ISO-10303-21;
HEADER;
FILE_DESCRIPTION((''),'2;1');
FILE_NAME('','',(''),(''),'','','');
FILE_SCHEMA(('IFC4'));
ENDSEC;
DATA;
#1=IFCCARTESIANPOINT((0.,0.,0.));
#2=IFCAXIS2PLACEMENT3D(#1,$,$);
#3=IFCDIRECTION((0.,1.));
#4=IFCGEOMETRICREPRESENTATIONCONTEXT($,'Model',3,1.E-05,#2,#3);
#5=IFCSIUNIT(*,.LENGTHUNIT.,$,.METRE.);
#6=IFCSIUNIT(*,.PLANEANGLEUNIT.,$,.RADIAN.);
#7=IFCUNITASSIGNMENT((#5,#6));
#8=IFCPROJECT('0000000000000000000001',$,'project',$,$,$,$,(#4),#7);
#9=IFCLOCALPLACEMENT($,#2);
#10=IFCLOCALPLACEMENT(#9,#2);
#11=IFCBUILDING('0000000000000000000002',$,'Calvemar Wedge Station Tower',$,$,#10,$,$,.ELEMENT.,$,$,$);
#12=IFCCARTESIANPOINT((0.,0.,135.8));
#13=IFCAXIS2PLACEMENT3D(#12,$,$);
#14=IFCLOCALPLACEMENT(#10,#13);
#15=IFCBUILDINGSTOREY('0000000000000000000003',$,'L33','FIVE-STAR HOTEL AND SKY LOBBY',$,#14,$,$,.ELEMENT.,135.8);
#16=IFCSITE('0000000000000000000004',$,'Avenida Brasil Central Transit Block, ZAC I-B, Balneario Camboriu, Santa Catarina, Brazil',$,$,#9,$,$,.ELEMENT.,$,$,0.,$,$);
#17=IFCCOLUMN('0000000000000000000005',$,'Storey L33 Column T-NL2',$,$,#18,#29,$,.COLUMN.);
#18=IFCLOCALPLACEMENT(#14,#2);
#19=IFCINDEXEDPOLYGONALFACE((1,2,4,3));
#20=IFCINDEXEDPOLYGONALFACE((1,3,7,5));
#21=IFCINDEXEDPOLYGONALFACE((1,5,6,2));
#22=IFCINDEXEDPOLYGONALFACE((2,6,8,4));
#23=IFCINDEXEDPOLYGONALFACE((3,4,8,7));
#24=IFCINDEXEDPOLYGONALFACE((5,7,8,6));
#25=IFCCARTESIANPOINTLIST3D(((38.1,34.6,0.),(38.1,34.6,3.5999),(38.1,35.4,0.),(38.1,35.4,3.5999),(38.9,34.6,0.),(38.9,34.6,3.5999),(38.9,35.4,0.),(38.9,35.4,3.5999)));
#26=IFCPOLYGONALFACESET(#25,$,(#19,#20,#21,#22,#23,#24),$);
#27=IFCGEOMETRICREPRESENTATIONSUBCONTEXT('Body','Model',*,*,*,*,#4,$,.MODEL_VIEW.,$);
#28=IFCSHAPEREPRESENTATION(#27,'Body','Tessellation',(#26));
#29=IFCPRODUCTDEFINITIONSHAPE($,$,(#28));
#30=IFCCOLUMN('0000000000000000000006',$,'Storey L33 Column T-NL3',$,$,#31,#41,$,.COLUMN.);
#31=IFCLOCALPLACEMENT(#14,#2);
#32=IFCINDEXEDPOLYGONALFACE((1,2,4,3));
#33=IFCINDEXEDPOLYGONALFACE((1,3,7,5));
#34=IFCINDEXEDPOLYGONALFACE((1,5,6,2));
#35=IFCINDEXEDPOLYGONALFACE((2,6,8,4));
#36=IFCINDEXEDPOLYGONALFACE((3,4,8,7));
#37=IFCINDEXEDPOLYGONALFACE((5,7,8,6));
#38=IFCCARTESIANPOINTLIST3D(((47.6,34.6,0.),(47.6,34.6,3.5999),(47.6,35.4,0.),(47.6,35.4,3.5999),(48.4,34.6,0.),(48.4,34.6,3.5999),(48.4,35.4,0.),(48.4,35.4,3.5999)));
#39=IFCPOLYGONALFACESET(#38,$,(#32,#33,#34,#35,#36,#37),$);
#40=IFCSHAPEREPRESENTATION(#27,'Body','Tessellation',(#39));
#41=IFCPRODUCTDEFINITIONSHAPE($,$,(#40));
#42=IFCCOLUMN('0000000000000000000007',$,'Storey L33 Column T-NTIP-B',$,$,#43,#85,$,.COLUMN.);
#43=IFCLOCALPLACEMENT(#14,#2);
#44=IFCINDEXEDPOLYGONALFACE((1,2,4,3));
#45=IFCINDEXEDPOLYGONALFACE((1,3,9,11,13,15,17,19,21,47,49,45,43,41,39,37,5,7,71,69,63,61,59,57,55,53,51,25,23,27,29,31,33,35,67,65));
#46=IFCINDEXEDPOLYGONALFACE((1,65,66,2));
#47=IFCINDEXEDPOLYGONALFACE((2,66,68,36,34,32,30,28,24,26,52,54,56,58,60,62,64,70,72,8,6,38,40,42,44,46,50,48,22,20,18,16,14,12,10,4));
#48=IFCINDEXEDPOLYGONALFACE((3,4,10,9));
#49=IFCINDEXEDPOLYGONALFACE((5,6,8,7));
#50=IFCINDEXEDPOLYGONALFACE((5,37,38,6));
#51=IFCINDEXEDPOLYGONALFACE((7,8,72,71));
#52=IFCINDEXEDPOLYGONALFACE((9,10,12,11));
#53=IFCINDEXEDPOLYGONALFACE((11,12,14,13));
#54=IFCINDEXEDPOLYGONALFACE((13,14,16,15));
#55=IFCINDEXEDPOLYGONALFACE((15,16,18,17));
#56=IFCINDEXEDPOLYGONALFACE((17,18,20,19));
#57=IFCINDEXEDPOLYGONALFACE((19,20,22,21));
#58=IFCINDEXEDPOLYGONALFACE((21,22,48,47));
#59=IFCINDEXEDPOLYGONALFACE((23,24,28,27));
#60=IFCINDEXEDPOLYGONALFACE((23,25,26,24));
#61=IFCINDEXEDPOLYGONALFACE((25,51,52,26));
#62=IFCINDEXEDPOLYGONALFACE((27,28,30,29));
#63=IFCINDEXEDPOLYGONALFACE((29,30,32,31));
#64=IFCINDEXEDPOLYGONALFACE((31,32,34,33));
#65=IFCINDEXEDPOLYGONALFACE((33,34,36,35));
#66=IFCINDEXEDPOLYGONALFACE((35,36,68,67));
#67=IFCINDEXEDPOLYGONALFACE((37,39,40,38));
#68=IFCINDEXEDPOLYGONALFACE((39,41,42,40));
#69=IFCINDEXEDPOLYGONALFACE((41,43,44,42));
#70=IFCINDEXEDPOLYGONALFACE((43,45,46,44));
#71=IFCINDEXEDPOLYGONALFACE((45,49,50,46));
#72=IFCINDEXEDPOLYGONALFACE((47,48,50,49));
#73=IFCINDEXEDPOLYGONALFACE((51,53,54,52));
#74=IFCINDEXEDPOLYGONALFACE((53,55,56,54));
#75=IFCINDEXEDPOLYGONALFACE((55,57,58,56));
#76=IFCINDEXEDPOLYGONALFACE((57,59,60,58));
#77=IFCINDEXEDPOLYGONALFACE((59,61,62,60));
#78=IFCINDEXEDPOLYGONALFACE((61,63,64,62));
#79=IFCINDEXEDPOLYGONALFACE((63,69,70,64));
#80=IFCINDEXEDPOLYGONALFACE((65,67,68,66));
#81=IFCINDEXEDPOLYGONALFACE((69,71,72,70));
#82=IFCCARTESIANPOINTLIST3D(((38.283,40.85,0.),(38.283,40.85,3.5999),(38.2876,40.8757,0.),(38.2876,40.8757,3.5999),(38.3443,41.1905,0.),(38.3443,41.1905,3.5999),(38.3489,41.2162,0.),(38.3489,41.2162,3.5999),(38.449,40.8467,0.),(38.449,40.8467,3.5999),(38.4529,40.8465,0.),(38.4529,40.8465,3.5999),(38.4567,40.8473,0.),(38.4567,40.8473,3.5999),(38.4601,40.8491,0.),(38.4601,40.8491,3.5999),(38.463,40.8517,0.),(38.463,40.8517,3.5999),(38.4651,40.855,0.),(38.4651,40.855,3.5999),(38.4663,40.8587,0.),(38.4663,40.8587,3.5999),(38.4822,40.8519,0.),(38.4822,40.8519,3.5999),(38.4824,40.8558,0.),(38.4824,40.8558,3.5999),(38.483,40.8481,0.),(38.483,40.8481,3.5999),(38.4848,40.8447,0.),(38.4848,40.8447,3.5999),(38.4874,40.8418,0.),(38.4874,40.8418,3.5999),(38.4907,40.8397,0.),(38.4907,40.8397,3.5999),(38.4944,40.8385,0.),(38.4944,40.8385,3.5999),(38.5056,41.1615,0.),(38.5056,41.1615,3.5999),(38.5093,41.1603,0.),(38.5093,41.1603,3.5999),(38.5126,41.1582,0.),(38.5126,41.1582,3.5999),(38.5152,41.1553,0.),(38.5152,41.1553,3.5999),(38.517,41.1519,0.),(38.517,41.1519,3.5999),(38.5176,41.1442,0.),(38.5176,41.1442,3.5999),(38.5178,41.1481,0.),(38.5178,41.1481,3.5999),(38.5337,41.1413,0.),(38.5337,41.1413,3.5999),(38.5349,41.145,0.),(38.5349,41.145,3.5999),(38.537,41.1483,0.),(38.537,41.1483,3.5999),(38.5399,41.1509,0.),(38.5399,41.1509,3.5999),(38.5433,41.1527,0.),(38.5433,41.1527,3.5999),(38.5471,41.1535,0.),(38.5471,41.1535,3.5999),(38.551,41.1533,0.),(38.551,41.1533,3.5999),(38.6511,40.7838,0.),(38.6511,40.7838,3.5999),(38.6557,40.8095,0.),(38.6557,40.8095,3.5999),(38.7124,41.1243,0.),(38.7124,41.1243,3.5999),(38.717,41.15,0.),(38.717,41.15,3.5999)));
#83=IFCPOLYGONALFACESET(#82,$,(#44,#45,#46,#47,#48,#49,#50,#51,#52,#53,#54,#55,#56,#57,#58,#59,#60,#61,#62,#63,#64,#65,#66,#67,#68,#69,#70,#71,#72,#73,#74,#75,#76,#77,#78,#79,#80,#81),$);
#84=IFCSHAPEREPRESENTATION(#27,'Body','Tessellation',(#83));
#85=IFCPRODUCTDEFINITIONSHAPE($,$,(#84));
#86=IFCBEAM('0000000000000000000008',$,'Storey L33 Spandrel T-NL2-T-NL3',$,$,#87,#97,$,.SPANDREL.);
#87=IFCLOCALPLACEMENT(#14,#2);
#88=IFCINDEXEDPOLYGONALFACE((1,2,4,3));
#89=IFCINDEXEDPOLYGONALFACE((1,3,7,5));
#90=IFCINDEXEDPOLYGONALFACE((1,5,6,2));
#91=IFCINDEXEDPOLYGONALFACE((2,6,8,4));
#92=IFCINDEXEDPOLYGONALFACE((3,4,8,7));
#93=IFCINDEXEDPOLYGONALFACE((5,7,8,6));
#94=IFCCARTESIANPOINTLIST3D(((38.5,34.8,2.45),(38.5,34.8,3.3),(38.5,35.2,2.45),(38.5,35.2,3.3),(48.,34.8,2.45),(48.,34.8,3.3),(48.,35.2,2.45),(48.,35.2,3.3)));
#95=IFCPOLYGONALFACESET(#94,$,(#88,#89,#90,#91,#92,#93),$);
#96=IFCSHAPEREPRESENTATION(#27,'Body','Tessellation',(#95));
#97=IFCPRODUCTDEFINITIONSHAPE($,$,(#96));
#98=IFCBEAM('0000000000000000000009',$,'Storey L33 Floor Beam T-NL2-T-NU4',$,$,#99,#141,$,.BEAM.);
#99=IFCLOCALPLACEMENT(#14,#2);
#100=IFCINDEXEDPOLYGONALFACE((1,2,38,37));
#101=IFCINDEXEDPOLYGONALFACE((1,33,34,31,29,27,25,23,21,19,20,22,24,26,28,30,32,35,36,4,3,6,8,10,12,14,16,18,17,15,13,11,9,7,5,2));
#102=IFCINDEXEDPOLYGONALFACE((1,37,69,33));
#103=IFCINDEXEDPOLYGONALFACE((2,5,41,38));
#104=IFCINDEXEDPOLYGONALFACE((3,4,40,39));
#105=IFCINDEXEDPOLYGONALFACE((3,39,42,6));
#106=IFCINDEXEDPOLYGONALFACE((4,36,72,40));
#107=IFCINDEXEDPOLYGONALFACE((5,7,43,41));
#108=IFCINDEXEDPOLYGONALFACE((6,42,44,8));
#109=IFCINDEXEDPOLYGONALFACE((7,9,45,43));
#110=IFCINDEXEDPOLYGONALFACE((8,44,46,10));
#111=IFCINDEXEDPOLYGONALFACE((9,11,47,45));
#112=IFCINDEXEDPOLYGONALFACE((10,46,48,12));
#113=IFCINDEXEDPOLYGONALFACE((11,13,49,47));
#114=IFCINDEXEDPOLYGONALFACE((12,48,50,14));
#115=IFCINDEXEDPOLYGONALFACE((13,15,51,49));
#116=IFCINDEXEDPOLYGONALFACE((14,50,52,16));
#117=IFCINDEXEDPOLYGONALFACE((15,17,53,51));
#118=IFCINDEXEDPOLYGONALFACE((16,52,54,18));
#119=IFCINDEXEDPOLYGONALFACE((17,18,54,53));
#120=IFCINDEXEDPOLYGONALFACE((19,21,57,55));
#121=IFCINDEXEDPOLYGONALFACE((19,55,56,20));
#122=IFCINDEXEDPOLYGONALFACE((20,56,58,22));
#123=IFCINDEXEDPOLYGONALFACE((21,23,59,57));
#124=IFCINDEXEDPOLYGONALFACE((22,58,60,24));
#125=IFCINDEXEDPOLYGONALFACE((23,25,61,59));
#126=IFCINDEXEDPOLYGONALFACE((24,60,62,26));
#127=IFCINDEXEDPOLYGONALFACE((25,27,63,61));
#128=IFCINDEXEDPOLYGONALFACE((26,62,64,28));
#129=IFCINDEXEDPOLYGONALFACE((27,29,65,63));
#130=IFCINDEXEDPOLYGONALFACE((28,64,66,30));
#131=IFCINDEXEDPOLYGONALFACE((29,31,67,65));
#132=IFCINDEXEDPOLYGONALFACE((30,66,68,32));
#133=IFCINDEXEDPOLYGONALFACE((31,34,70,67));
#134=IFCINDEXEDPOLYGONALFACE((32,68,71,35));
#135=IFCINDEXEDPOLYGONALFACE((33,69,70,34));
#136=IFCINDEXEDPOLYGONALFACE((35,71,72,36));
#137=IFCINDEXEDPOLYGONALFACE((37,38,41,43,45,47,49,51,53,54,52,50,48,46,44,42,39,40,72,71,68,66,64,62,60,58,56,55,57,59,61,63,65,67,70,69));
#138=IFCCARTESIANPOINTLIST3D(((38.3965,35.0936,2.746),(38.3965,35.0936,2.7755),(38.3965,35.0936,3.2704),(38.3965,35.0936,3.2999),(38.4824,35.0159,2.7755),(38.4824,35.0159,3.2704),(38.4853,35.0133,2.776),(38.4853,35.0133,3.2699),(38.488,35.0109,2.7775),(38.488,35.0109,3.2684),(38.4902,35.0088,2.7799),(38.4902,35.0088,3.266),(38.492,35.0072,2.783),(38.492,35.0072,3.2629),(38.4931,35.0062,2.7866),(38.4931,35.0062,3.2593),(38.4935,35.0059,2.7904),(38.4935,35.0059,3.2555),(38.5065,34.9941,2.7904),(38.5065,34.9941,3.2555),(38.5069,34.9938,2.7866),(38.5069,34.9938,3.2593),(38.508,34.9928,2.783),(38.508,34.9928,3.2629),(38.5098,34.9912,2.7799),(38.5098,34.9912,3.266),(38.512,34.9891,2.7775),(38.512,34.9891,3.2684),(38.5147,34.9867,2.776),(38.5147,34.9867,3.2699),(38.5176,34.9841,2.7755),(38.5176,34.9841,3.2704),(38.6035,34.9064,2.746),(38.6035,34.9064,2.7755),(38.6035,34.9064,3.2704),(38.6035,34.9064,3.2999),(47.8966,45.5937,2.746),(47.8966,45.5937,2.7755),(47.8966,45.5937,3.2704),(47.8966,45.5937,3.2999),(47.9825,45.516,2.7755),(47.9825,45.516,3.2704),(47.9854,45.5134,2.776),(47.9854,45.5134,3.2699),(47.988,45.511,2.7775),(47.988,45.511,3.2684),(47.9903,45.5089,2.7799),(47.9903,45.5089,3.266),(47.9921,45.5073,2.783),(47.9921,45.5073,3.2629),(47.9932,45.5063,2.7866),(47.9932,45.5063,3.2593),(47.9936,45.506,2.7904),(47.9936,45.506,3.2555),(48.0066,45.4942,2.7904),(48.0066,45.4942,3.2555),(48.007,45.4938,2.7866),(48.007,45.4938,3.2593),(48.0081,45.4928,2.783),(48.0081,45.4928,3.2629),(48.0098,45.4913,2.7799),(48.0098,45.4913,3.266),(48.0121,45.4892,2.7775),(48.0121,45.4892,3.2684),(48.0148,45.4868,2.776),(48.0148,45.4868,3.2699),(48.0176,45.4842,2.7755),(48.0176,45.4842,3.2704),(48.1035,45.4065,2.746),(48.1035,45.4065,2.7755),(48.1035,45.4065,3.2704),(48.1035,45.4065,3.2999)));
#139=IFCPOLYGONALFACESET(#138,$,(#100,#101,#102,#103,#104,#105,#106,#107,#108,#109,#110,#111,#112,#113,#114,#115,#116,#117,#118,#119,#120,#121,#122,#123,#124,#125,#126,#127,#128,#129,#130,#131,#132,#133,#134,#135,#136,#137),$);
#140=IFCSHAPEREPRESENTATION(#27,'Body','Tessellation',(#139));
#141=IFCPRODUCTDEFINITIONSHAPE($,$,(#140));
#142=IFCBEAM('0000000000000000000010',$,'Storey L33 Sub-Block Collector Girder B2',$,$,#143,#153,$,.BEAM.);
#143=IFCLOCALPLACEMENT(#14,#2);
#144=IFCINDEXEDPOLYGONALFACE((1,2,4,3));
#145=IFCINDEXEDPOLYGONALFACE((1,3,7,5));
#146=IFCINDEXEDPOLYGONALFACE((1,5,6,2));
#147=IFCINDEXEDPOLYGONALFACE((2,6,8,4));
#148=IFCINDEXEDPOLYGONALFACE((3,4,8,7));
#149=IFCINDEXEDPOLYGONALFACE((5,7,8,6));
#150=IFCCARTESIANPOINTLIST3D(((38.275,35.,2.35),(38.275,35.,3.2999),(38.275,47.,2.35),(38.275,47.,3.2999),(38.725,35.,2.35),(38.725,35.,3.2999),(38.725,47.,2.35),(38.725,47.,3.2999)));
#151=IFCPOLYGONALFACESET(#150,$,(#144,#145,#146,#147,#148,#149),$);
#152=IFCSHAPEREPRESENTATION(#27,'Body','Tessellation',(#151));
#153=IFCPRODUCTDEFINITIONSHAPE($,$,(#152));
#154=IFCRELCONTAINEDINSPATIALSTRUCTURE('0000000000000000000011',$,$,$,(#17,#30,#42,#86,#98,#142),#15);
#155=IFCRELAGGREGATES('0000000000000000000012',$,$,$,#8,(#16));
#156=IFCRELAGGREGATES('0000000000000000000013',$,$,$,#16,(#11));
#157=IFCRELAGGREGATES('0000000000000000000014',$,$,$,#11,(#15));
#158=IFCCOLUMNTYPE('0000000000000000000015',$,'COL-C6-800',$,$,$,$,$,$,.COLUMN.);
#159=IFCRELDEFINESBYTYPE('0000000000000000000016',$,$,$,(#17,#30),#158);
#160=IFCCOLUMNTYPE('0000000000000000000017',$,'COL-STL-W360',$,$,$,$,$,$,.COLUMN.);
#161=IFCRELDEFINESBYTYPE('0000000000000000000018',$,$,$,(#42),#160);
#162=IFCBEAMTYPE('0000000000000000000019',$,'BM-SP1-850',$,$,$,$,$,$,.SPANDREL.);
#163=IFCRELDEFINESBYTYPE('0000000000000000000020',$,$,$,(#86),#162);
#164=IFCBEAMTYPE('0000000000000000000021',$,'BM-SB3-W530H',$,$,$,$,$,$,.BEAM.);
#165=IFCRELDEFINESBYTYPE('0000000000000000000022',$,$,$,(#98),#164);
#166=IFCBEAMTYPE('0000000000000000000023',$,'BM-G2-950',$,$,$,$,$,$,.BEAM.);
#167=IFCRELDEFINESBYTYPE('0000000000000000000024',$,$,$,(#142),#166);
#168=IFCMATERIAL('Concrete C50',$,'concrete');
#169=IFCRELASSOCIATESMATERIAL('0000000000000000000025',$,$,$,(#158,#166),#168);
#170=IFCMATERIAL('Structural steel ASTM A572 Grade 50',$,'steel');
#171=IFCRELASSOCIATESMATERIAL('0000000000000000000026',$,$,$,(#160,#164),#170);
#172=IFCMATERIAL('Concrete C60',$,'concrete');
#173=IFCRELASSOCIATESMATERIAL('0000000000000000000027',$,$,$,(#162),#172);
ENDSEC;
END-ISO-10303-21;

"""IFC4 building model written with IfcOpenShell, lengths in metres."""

from ifc_helpers import new_model, si_unit, direction, frame, origin, origin_2d, place, context, subcontext, project, spatial, rectangle, i_section, extrude, source, transform, mapped, material, material_profile, profile_set, type_object, element, save


model = new_model("IFC4")

# Units and contexts
model_context = context("Model", 3, precision=1e-05, world=origin(), true_north=direction((0.0, 1.0)))
body_context = subcontext(model_context, "Body", "Model", "MODEL_VIEW")
ifc_project = project(units=[si_unit("LENGTHUNIT", "METRE"), si_unit("PLANEANGLEUNIT", "RADIAN")], contexts=[model_context])

# Site, building, storey
site_placement = place(None, origin())
site = spatial("IfcSite", under=ifc_project, at=site_placement, Name="Avenida Brasil Central Transit Block, ZAC I-B, Balneario Camboriu, Santa Catarina, Brazil", CompositionType="ELEMENT", RefElevation=0.0)
building_placement = place(site_placement, origin())
building = spatial("IfcBuilding", under=site, at=building_placement, Name="Calvemar Wedge Station Tower", CompositionType="ELEMENT")
storey_placement = place(building_placement, frame((0.0, 0.0, 135.8)))
storey = spatial("IfcBuildingStorey", under=building, at=storey_placement, Name="L33", Description="FIVE-STAR HOTEL AND SKY LOBBY", CompositionType="ELEMENT", Elevation=135.8)

# Columns
ifc_material_1 = material(Name="Concrete C50", Category="concrete")
ifc_material_profile_1 = material_profile(ifc_material_1, rectangle(XDim=0.8, YDim=0.8, at=origin_2d()), Name="RC800x800")
ifc_profile_set_1 = profile_set([ifc_material_profile_1], Name="Concrete C50")
column_type_1 = type_object("IfcColumnType", Name="COL-C6-800", PredefinedType="COLUMN", material=ifc_profile_set_1)
shared_shape_1 = source(origin(), body_context, "Body", "SweptSolid", [
    extrude(rectangle(XDim=0.8, YDim=0.8, at=origin_2d()), origin(), (0.0, 0.0, 1.0), 3.5999),
])
for number, where, z_axis, x_axis, name in (
    (1, (38.5, 35.0, 0.0), (0.0, 0.0, 1.0), (1.0, 0.0, 0.0), "Storey L33 Column T-NL2"),
    (2, (48.0, 35.0, 0.0), (0.0, 0.0, 1.0), (1.0, 0.0, 0.0), "Storey L33 Column T-NL3"),
):
    element("IfcColumn", number, at=place(storey_placement, frame(where, z_axis=z_axis, x_axis=x_axis)), inside=storey, type_object=column_type_1, Name=name, PredefinedType="COLUMN", context=body_context, shape_type="MappedRepresentation", body=[
        mapped(shared_shape_1, transform((0.0, 0.0, 0.0), scale=1.0)),
    ])
ifc_material_2 = material(Name="Structural steel ASTM A572 Grade 50", Category="steel")
ifc_material_profile_2 = material_profile(ifc_material_2, i_section(OverallWidth=0.374, OverallDepth=0.3721, WebThickness=0.0164, FlangeThickness=0.0261, FilletRadius=0.0149, at=origin_2d()), Name="W360x196")
ifc_profile_set_2 = profile_set([ifc_material_profile_2], Name="Structural steel ASTM A572 Grade 50")
column_type_2 = type_object("IfcColumnType", Name="COL-STL-W360", PredefinedType="COLUMN", material=ifc_profile_set_2)
shared_shape_2 = source(origin(), body_context, "Body", "SweptSolid", [
    extrude(i_section(OverallWidth=0.374, OverallDepth=0.3721, WebThickness=0.0164, FlangeThickness=0.0261, FilletRadius=0.0149, at=origin_2d()), origin(), (0.0, 0.0, 1.0), 3.5999),
])
column_placement = place(storey_placement, frame((38.5, 41.0, 0.0), z_axis=(0.0, 0.0, 1.0), x_axis=(0.984196, -0.177085, 0.0)))
element("IfcColumn", 3, at=column_placement, inside=storey, type_object=column_type_2, Name="Storey L33 Column T-NTIP-B", PredefinedType="COLUMN", context=body_context, shape_type="MappedRepresentation", body=[
    mapped(shared_shape_2, transform((0.0, 0.0, 0.0), scale=1.0)),
])

# Beams
ifc_material_3 = material(Name="Concrete C60", Category="concrete")
ifc_material_profile_3 = material_profile(ifc_material_3, rectangle(XDim=0.3999, YDim=0.8501, at=origin_2d()), Name="RC400x850")
ifc_profile_set_3 = profile_set([ifc_material_profile_3], Name="Concrete C60")
beam_type_1 = type_object("IfcBeamType", Name="BM-SP1-850", PredefinedType="SPANDREL", material=ifc_profile_set_3)
shared_shape_3 = source(origin(), body_context, "Body", "SweptSolid", [
    extrude(rectangle(XDim=0.3999, YDim=0.8501, at=origin_2d()), origin(), (0.0, 0.0, 1.0), 9.5),
])
beam_1_placement = place(storey_placement, frame((38.5, 35.0, 2.875), z_axis=(1.0, 0.0, 0.0), x_axis=(0.0, 1.0, 0.0)))
element("IfcBeam", 4, at=beam_1_placement, inside=storey, type_object=beam_type_1, Name="Storey L33 Spandrel T-NL2-T-NL3", PredefinedType="SPANDREL", context=body_context, shape_type="MappedRepresentation", body=[
    mapped(shared_shape_3, transform((0.0, 0.0, 0.0), scale=1.0)),
])
ifc_material_profile_4 = material_profile(ifc_material_2, i_section(OverallWidth=0.2791, OverallDepth=0.554, WebThickness=0.0176, FlangeThickness=0.0295, FilletRadius=0.0149, at=origin_2d()), Name="W530x196")
ifc_profile_set_4 = profile_set([ifc_material_profile_4], Name="Structural steel ASTM A572 Grade 50")
beam_type_2 = type_object("IfcBeamType", Name="BM-SB3-W530H", PredefinedType="BEAM", material=ifc_profile_set_4)
shared_shape_4 = source(origin(), body_context, "Body", "SweptSolid", [
    extrude(i_section(OverallWidth=0.2791, OverallDepth=0.554, WebThickness=0.0176, FlangeThickness=0.0295, FilletRadius=0.0149, at=origin_2d()), origin(), (0.0, 0.0, 1.0), 14.1599),
])
beam_2_placement = place(storey_placement, frame((38.5, 35.0, 3.0229), z_axis=(0.670913, 0.741536, 0.0), x_axis=(-0.741536, 0.670913, 0.0)))
element("IfcBeam", 5, at=beam_2_placement, inside=storey, type_object=beam_type_2, Name="Storey L33 Floor Beam T-NL2-T-NU4", PredefinedType="BEAM", context=body_context, shape_type="MappedRepresentation", body=[
    mapped(shared_shape_4, transform((0.0, 0.0, 0.0), scale=1.0)),
])
ifc_material_profile_5 = material_profile(ifc_material_1, rectangle(XDim=0.45, YDim=0.95, at=origin_2d()), Name="RC450x950")
ifc_profile_set_5 = profile_set([ifc_material_profile_5], Name="Concrete C50")
beam_type_3 = type_object("IfcBeamType", Name="BM-G2-950", PredefinedType="BEAM", material=ifc_profile_set_5)
shared_shape_5 = source(origin(), body_context, "Body", "SweptSolid", [
    extrude(rectangle(XDim=0.45, YDim=0.95, at=origin_2d()), origin(), (0.0, 0.0, 1.0), 12.0),
])
beam_3_placement = place(storey_placement, frame((38.5, 35.0, 2.825), z_axis=(0.0, 1.0, 0.0), x_axis=(-1.0, 0.0, 0.0)))
element("IfcBeam", 6, at=beam_3_placement, inside=storey, type_object=beam_type_3, Name="Storey L33 Sub-Block Collector Girder B2", PredefinedType="BEAM", context=body_context, shape_type="MappedRepresentation", body=[
    mapped(shared_shape_5, transform((0.0, 0.0, 0.0), scale=1.0)),
])

save(model, "model.ifc")
